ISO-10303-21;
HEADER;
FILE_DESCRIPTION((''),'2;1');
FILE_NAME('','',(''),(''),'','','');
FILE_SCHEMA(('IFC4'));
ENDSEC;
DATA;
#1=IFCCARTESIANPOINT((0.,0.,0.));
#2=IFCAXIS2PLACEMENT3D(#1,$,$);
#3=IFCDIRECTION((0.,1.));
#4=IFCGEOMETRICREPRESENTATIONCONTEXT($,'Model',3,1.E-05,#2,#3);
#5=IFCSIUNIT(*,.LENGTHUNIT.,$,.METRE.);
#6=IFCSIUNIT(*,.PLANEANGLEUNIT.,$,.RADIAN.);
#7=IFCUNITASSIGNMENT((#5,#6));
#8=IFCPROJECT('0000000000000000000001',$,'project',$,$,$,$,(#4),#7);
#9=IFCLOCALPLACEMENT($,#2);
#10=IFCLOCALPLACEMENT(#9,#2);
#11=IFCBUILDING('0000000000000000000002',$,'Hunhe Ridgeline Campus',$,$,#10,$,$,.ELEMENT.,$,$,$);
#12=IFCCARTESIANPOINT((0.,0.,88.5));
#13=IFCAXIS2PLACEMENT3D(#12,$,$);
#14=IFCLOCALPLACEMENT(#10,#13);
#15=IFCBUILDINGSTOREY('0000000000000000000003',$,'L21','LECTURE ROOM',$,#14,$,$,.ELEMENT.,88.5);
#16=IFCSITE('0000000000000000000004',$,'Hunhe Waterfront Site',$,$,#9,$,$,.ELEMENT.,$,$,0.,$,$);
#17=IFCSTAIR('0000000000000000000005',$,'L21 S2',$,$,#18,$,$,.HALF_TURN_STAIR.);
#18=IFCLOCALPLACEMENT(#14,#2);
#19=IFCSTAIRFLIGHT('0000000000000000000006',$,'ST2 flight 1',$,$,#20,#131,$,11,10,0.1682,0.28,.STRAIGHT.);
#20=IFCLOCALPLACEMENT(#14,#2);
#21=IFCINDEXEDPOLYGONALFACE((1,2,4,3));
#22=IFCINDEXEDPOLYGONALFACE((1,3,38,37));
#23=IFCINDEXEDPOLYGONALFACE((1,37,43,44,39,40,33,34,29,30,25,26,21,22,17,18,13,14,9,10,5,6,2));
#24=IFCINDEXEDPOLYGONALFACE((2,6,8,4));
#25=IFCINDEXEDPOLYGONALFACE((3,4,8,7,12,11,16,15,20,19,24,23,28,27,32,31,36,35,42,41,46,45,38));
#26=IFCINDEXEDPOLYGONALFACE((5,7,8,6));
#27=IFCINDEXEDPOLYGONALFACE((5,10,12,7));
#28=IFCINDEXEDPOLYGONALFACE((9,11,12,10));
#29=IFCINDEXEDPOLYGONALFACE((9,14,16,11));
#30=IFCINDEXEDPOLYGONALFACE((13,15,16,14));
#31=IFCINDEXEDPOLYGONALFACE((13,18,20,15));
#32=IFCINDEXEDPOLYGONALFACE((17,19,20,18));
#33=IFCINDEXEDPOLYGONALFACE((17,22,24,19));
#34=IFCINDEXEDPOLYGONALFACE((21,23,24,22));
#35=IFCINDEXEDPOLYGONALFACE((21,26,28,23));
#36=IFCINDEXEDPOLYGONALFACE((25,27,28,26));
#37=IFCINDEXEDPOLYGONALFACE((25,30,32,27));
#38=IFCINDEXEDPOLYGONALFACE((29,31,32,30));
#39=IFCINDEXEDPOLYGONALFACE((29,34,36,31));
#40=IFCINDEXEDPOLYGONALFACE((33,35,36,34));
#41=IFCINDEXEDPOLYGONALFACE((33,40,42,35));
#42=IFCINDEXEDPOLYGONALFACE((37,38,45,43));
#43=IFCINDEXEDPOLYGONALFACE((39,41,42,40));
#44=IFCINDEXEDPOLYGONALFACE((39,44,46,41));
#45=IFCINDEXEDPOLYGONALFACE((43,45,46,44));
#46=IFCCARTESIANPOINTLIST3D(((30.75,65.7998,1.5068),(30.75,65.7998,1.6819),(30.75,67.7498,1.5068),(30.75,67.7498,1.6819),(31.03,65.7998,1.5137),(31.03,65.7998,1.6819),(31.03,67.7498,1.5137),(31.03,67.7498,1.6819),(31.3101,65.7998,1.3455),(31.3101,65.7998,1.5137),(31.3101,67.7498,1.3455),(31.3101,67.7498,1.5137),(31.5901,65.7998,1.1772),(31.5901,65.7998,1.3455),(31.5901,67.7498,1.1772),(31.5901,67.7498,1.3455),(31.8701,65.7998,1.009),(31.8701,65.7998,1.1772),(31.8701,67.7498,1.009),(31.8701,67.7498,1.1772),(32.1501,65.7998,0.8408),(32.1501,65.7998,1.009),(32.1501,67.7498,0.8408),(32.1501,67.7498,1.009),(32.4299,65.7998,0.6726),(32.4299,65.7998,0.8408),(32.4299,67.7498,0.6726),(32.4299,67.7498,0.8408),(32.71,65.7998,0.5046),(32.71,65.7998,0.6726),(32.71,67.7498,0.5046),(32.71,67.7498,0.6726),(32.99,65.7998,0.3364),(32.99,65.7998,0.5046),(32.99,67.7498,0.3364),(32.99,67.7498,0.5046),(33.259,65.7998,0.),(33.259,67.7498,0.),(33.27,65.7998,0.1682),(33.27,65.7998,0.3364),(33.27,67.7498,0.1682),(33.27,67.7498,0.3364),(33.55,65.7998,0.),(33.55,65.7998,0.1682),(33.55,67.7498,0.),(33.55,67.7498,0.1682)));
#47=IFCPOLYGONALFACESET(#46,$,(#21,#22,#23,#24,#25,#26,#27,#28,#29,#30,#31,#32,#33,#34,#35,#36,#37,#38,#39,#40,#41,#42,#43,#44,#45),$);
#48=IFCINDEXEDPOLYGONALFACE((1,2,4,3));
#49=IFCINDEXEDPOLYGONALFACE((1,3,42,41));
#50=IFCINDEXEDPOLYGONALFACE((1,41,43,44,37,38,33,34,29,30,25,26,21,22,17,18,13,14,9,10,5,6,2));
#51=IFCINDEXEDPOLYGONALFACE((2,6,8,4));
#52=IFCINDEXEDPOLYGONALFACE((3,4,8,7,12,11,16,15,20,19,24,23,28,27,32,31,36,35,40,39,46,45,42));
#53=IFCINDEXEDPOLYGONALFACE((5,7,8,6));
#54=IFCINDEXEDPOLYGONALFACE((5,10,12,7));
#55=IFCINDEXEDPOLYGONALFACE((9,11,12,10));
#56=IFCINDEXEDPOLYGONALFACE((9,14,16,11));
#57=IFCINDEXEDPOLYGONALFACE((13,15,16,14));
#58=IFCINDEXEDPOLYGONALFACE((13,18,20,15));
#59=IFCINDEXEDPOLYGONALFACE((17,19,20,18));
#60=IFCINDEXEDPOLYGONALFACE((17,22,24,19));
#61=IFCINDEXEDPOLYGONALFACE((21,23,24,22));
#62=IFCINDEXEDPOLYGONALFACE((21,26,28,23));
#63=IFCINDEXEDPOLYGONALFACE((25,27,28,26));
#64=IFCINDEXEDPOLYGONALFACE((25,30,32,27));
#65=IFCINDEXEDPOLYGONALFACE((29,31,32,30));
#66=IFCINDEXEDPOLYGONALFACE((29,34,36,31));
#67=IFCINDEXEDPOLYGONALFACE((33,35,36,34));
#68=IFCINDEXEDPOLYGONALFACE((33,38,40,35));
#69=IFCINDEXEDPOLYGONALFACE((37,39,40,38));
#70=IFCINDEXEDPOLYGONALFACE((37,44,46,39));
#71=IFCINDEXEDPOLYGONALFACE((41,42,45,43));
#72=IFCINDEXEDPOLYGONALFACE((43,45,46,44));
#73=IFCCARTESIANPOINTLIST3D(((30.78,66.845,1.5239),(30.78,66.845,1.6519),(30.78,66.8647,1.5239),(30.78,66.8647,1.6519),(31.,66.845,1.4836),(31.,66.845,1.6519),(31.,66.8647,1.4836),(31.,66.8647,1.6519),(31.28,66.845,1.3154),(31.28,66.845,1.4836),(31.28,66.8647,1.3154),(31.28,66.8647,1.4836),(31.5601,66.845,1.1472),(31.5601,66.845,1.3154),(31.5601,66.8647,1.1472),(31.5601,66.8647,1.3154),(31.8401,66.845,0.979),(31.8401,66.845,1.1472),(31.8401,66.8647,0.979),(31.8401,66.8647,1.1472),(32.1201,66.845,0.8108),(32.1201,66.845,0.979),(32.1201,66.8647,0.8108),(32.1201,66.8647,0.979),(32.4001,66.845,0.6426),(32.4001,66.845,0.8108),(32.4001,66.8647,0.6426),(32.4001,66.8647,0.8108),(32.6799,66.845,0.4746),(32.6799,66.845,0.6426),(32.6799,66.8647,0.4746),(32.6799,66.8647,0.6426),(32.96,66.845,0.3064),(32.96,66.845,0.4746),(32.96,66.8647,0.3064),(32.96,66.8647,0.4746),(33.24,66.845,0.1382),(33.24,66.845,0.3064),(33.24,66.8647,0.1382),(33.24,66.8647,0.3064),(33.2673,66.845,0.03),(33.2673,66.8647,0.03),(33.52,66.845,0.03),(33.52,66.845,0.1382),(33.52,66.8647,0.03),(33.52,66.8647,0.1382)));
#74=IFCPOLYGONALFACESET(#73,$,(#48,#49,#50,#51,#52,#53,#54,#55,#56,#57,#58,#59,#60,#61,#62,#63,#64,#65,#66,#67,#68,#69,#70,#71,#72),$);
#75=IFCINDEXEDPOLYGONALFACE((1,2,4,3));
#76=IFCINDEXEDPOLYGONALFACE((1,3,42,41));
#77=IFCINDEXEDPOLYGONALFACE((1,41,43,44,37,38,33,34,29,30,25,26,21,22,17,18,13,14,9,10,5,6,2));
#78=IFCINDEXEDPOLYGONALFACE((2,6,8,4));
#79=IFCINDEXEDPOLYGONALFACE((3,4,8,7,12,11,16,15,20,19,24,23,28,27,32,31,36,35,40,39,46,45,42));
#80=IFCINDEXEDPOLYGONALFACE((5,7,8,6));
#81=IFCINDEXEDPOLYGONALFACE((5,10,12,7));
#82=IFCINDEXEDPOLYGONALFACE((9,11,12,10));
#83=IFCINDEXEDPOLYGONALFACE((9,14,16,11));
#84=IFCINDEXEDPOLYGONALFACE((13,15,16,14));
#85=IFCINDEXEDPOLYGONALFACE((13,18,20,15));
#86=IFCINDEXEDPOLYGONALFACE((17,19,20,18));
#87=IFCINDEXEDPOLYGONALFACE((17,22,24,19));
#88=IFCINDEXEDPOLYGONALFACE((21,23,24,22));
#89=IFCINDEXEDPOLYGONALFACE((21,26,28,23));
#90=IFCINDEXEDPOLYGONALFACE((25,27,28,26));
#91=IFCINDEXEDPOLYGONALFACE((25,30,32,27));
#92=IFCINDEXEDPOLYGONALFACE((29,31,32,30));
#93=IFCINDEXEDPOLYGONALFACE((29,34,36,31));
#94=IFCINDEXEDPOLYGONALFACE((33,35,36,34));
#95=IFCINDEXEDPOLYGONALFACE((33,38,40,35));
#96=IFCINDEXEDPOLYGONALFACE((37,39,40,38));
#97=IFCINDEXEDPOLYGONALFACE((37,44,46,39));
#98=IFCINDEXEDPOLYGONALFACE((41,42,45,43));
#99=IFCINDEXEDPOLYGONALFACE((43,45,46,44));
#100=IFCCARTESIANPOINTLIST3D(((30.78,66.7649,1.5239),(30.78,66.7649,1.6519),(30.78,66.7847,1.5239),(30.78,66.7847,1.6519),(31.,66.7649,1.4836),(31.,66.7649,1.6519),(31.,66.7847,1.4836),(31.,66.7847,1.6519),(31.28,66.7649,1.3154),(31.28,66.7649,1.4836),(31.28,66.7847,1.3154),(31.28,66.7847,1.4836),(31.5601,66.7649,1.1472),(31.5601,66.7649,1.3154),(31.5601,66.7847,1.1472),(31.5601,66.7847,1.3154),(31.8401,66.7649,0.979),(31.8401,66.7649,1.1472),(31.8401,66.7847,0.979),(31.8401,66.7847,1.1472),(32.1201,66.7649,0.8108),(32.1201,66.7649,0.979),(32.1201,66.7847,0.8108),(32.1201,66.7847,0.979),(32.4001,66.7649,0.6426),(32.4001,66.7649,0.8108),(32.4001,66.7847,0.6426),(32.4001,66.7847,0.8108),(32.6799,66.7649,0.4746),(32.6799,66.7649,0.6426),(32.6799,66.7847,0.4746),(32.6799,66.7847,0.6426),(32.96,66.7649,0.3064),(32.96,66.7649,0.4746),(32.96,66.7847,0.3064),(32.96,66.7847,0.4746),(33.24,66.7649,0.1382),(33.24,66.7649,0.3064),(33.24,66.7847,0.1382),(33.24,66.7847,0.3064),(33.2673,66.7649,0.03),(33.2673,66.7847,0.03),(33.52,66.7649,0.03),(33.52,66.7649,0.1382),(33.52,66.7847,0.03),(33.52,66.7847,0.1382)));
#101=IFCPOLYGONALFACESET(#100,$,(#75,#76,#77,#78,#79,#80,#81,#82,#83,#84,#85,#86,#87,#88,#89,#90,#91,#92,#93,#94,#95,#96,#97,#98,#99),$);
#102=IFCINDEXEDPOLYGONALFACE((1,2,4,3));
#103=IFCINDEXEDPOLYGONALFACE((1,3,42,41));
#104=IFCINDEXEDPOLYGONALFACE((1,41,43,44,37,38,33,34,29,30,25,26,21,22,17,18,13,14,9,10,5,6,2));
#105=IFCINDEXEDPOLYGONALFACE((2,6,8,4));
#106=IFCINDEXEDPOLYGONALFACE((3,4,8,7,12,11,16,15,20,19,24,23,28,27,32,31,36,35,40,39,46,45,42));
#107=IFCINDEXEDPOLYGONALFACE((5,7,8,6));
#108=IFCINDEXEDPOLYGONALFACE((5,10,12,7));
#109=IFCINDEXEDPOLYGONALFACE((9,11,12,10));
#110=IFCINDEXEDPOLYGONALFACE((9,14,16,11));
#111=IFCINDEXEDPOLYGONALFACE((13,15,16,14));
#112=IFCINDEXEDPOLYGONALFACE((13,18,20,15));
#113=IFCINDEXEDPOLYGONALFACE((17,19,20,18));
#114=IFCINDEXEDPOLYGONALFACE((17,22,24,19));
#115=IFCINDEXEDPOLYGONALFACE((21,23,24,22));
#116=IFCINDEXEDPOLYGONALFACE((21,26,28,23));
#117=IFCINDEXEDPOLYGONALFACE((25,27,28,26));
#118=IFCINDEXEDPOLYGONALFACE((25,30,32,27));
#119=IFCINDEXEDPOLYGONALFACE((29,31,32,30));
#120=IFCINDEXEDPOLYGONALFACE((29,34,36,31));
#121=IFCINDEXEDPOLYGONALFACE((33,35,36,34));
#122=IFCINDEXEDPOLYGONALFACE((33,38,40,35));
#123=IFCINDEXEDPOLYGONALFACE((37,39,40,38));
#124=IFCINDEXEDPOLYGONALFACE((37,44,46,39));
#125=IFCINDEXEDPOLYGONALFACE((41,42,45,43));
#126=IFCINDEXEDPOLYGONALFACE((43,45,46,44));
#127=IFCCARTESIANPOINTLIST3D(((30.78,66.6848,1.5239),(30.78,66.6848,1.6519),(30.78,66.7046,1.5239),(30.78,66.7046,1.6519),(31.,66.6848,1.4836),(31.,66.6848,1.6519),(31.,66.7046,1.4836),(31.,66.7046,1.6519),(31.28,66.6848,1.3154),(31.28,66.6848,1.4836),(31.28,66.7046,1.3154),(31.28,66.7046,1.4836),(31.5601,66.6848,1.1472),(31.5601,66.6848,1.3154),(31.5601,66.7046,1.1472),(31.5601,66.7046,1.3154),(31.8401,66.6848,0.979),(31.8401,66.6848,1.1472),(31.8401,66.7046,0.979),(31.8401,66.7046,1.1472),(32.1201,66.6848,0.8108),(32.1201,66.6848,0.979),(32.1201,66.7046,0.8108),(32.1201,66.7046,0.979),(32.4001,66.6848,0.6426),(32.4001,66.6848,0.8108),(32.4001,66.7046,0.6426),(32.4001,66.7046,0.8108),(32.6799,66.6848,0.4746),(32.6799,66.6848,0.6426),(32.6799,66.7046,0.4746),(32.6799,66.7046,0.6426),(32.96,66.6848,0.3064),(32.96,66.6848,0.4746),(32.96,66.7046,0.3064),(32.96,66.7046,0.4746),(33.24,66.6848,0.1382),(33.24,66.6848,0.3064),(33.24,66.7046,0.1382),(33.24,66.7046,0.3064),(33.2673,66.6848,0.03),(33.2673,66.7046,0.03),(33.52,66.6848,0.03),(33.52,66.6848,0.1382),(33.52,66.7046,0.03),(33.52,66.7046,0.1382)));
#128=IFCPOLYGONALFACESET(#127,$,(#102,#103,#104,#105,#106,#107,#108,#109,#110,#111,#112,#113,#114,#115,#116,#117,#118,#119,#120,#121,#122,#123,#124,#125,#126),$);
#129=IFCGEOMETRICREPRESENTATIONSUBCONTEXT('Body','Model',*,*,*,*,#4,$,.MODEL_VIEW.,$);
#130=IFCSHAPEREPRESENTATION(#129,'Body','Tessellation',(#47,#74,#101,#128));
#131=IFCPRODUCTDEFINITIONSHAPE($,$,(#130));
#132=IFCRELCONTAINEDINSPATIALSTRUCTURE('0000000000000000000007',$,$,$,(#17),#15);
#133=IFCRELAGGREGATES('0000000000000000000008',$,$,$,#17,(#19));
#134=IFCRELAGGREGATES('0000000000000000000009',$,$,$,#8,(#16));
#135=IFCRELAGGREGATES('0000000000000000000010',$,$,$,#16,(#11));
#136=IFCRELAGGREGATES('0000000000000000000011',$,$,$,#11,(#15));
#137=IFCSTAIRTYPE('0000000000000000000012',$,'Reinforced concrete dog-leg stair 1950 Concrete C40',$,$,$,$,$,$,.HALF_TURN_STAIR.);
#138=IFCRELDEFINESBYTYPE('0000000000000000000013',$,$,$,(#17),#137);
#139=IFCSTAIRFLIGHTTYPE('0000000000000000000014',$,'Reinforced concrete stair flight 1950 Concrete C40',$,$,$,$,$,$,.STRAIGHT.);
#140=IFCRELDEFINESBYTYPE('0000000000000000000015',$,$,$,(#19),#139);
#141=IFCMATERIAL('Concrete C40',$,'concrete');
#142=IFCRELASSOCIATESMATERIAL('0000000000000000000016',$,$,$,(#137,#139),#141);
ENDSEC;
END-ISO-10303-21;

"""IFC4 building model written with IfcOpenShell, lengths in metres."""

from ifc_helpers import new_model, si_unit, direction, frame, origin, place, context, subcontext, project, spatial, polyline, outline, extrude, material, type_object, element, aggregate, save


model = new_model("IFC4")

# Units and contexts
model_context = context("Model", 3, precision=1e-05, world=origin(), true_north=direction((0.0, 1.0)))
body_context = subcontext(model_context, "Body", "Model", "MODEL_VIEW")
ifc_project = project(units=[si_unit("LENGTHUNIT", "METRE"), si_unit("PLANEANGLEUNIT", "RADIAN")], contexts=[model_context])

# Site, building, storey
site_placement = place(None, origin())
site = spatial("IfcSite", under=ifc_project, at=site_placement, Name="Hunhe Waterfront Site", CompositionType="ELEMENT", RefElevation=0.0)
building_placement = place(site_placement, origin())
building = spatial("IfcBuilding", under=site, at=building_placement, Name="Hunhe Ridgeline Campus", CompositionType="ELEMENT")
storey_placement = place(building_placement, frame((0.0, 0.0, 88.5)))
storey = spatial("IfcBuildingStorey", under=building, at=storey_placement, Name="L21", Description="LECTURE ROOM", CompositionType="ELEMENT", Elevation=88.5)

# Stair, stair flight
ifc_material_1 = material(Name="Concrete C40", Category="concrete")
stair_type = type_object("IfcStairType", Name="Reinforced concrete dog-leg stair 1950 Concrete C40", PredefinedType="HALF_TURN_STAIR", material=ifc_material_1)
stair_placement = place(storey_placement, origin())
stair = element("IfcStair", 1, at=stair_placement, inside=storey, type_object=stair_type, Name="L21 S2", PredefinedType="HALF_TURN_STAIR")
stair_flight_type = type_object("IfcStairFlightType", Name="Reinforced concrete stair flight 1950 Concrete C40", PredefinedType="STRAIGHT", material=ifc_material_1)
stair_flight_1_placement = place(storey_placement, frame((33.55, 66.7749, 0.0), z_axis=(0.0, 0.0, 1.0), x_axis=(-1.0, 0.0, 0.0)))
stair_flight_1 = element("IfcStairFlight", 2, at=stair_flight_1_placement, type_object=stair_flight_type, Name="ST2 flight 1", NumberOfRisers=11, NumberOfTreads=10, PredefinedType="STRAIGHT", RiserHeight=0.1682, TreadLength=0.28, context=body_context, shape_type="SweptSolid", body=[
    extrude(outline(polyline([(0.0, 0.0), (0.0, 0.1682), (0.28, 0.1682), (0.28, 0.3364), (0.5601, 0.3364), (0.5601, 0.5046), (0.8401, 0.5046), (0.8401, 0.6726), (1.1201, 0.6726), (1.1201, 0.8408), (1.3999, 0.8408), (1.3999, 1.009), (1.6799, 1.009), (1.6799, 1.1772), (1.96, 1.1772), (1.96, 1.3455), (2.24, 1.3455), (2.24, 1.5137), (2.52, 1.5137), (2.52, 1.6819), (2.8, 1.6819), (2.8, 1.8501), (2.8, 1.5068), (0.291, 0.0), (0.0, 0.0)])), frame((0.0, 0.9751, 0.0), z_axis=(0.0, -1.0, 0.0), x_axis=(1.0, 0.0, 0.0)), (0.0, 0.0, 1.0), 1.95),
    extrude(outline(polyline([(0.03, 0.03), (0.03, 0.1382), (0.3101, 0.1382), (0.3101, 0.3064), (0.5901, 0.3064), (0.5901, 0.4746), (0.8701, 0.4746), (0.8701, 0.6426), (1.1499, 0.6426), (1.1499, 0.8108), (1.4299, 0.8108), (1.4299, 0.979), (1.71, 0.979), (1.71, 1.1472), (1.99, 1.1472), (1.99, 1.3154), (2.27, 1.3154), (2.27, 1.4836), (2.55, 1.4836), (2.55, 1.6519), (2.77, 1.6519), (2.77, 1.5239), (0.2827, 0.03), (0.03, 0.03)])), frame((0.0, -0.0701, 0.0), z_axis=(0.0, -1.0, 0.0), x_axis=(1.0, 0.0, 0.0)), (0.0, 0.0, 1.0), 0.0198),
    extrude(outline(polyline([(0.03, 0.03), (0.03, 0.1382), (0.3101, 0.1382), (0.3101, 0.3064), (0.5901, 0.3064), (0.5901, 0.4746), (0.8701, 0.4746), (0.8701, 0.6426), (1.1499, 0.6426), (1.1499, 0.8108), (1.4299, 0.8108), (1.4299, 0.979), (1.71, 0.979), (1.71, 1.1472), (1.99, 1.1472), (1.99, 1.3154), (2.27, 1.3154), (2.27, 1.4836), (2.55, 1.4836), (2.55, 1.6519), (2.77, 1.6519), (2.77, 1.5239), (0.2827, 0.03), (0.03, 0.03)])), frame((0.0, 0.01, 0.0), z_axis=(0.0, -1.0, 0.0), x_axis=(1.0, 0.0, 0.0)), (0.0, 0.0, 1.0), 0.0198),
    extrude(outline(polyline([(0.03, 0.03), (0.03, 0.1382), (0.3101, 0.1382), (0.3101, 0.3064), (0.5901, 0.3064), (0.5901, 0.4746), (0.8701, 0.4746), (0.8701, 0.6426), (1.1499, 0.6426), (1.1499, 0.8108), (1.4299, 0.8108), (1.4299, 0.979), (1.71, 0.979), (1.71, 1.1472), (1.99, 1.1472), (1.99, 1.3154), (2.27, 1.3154), (2.27, 1.4836), (2.55, 1.4836), (2.55, 1.6519), (2.77, 1.6519), (2.77, 1.5239), (0.2827, 0.03), (0.03, 0.03)])), frame((0.0, 0.0901, 0.0), z_axis=(0.0, -1.0, 0.0), x_axis=(1.0, 0.0, 0.0)), (0.0, 0.0, 1.0), 0.0198),
])
aggregate(stair, [stair_flight_1])

save(model, "model.ifc")
